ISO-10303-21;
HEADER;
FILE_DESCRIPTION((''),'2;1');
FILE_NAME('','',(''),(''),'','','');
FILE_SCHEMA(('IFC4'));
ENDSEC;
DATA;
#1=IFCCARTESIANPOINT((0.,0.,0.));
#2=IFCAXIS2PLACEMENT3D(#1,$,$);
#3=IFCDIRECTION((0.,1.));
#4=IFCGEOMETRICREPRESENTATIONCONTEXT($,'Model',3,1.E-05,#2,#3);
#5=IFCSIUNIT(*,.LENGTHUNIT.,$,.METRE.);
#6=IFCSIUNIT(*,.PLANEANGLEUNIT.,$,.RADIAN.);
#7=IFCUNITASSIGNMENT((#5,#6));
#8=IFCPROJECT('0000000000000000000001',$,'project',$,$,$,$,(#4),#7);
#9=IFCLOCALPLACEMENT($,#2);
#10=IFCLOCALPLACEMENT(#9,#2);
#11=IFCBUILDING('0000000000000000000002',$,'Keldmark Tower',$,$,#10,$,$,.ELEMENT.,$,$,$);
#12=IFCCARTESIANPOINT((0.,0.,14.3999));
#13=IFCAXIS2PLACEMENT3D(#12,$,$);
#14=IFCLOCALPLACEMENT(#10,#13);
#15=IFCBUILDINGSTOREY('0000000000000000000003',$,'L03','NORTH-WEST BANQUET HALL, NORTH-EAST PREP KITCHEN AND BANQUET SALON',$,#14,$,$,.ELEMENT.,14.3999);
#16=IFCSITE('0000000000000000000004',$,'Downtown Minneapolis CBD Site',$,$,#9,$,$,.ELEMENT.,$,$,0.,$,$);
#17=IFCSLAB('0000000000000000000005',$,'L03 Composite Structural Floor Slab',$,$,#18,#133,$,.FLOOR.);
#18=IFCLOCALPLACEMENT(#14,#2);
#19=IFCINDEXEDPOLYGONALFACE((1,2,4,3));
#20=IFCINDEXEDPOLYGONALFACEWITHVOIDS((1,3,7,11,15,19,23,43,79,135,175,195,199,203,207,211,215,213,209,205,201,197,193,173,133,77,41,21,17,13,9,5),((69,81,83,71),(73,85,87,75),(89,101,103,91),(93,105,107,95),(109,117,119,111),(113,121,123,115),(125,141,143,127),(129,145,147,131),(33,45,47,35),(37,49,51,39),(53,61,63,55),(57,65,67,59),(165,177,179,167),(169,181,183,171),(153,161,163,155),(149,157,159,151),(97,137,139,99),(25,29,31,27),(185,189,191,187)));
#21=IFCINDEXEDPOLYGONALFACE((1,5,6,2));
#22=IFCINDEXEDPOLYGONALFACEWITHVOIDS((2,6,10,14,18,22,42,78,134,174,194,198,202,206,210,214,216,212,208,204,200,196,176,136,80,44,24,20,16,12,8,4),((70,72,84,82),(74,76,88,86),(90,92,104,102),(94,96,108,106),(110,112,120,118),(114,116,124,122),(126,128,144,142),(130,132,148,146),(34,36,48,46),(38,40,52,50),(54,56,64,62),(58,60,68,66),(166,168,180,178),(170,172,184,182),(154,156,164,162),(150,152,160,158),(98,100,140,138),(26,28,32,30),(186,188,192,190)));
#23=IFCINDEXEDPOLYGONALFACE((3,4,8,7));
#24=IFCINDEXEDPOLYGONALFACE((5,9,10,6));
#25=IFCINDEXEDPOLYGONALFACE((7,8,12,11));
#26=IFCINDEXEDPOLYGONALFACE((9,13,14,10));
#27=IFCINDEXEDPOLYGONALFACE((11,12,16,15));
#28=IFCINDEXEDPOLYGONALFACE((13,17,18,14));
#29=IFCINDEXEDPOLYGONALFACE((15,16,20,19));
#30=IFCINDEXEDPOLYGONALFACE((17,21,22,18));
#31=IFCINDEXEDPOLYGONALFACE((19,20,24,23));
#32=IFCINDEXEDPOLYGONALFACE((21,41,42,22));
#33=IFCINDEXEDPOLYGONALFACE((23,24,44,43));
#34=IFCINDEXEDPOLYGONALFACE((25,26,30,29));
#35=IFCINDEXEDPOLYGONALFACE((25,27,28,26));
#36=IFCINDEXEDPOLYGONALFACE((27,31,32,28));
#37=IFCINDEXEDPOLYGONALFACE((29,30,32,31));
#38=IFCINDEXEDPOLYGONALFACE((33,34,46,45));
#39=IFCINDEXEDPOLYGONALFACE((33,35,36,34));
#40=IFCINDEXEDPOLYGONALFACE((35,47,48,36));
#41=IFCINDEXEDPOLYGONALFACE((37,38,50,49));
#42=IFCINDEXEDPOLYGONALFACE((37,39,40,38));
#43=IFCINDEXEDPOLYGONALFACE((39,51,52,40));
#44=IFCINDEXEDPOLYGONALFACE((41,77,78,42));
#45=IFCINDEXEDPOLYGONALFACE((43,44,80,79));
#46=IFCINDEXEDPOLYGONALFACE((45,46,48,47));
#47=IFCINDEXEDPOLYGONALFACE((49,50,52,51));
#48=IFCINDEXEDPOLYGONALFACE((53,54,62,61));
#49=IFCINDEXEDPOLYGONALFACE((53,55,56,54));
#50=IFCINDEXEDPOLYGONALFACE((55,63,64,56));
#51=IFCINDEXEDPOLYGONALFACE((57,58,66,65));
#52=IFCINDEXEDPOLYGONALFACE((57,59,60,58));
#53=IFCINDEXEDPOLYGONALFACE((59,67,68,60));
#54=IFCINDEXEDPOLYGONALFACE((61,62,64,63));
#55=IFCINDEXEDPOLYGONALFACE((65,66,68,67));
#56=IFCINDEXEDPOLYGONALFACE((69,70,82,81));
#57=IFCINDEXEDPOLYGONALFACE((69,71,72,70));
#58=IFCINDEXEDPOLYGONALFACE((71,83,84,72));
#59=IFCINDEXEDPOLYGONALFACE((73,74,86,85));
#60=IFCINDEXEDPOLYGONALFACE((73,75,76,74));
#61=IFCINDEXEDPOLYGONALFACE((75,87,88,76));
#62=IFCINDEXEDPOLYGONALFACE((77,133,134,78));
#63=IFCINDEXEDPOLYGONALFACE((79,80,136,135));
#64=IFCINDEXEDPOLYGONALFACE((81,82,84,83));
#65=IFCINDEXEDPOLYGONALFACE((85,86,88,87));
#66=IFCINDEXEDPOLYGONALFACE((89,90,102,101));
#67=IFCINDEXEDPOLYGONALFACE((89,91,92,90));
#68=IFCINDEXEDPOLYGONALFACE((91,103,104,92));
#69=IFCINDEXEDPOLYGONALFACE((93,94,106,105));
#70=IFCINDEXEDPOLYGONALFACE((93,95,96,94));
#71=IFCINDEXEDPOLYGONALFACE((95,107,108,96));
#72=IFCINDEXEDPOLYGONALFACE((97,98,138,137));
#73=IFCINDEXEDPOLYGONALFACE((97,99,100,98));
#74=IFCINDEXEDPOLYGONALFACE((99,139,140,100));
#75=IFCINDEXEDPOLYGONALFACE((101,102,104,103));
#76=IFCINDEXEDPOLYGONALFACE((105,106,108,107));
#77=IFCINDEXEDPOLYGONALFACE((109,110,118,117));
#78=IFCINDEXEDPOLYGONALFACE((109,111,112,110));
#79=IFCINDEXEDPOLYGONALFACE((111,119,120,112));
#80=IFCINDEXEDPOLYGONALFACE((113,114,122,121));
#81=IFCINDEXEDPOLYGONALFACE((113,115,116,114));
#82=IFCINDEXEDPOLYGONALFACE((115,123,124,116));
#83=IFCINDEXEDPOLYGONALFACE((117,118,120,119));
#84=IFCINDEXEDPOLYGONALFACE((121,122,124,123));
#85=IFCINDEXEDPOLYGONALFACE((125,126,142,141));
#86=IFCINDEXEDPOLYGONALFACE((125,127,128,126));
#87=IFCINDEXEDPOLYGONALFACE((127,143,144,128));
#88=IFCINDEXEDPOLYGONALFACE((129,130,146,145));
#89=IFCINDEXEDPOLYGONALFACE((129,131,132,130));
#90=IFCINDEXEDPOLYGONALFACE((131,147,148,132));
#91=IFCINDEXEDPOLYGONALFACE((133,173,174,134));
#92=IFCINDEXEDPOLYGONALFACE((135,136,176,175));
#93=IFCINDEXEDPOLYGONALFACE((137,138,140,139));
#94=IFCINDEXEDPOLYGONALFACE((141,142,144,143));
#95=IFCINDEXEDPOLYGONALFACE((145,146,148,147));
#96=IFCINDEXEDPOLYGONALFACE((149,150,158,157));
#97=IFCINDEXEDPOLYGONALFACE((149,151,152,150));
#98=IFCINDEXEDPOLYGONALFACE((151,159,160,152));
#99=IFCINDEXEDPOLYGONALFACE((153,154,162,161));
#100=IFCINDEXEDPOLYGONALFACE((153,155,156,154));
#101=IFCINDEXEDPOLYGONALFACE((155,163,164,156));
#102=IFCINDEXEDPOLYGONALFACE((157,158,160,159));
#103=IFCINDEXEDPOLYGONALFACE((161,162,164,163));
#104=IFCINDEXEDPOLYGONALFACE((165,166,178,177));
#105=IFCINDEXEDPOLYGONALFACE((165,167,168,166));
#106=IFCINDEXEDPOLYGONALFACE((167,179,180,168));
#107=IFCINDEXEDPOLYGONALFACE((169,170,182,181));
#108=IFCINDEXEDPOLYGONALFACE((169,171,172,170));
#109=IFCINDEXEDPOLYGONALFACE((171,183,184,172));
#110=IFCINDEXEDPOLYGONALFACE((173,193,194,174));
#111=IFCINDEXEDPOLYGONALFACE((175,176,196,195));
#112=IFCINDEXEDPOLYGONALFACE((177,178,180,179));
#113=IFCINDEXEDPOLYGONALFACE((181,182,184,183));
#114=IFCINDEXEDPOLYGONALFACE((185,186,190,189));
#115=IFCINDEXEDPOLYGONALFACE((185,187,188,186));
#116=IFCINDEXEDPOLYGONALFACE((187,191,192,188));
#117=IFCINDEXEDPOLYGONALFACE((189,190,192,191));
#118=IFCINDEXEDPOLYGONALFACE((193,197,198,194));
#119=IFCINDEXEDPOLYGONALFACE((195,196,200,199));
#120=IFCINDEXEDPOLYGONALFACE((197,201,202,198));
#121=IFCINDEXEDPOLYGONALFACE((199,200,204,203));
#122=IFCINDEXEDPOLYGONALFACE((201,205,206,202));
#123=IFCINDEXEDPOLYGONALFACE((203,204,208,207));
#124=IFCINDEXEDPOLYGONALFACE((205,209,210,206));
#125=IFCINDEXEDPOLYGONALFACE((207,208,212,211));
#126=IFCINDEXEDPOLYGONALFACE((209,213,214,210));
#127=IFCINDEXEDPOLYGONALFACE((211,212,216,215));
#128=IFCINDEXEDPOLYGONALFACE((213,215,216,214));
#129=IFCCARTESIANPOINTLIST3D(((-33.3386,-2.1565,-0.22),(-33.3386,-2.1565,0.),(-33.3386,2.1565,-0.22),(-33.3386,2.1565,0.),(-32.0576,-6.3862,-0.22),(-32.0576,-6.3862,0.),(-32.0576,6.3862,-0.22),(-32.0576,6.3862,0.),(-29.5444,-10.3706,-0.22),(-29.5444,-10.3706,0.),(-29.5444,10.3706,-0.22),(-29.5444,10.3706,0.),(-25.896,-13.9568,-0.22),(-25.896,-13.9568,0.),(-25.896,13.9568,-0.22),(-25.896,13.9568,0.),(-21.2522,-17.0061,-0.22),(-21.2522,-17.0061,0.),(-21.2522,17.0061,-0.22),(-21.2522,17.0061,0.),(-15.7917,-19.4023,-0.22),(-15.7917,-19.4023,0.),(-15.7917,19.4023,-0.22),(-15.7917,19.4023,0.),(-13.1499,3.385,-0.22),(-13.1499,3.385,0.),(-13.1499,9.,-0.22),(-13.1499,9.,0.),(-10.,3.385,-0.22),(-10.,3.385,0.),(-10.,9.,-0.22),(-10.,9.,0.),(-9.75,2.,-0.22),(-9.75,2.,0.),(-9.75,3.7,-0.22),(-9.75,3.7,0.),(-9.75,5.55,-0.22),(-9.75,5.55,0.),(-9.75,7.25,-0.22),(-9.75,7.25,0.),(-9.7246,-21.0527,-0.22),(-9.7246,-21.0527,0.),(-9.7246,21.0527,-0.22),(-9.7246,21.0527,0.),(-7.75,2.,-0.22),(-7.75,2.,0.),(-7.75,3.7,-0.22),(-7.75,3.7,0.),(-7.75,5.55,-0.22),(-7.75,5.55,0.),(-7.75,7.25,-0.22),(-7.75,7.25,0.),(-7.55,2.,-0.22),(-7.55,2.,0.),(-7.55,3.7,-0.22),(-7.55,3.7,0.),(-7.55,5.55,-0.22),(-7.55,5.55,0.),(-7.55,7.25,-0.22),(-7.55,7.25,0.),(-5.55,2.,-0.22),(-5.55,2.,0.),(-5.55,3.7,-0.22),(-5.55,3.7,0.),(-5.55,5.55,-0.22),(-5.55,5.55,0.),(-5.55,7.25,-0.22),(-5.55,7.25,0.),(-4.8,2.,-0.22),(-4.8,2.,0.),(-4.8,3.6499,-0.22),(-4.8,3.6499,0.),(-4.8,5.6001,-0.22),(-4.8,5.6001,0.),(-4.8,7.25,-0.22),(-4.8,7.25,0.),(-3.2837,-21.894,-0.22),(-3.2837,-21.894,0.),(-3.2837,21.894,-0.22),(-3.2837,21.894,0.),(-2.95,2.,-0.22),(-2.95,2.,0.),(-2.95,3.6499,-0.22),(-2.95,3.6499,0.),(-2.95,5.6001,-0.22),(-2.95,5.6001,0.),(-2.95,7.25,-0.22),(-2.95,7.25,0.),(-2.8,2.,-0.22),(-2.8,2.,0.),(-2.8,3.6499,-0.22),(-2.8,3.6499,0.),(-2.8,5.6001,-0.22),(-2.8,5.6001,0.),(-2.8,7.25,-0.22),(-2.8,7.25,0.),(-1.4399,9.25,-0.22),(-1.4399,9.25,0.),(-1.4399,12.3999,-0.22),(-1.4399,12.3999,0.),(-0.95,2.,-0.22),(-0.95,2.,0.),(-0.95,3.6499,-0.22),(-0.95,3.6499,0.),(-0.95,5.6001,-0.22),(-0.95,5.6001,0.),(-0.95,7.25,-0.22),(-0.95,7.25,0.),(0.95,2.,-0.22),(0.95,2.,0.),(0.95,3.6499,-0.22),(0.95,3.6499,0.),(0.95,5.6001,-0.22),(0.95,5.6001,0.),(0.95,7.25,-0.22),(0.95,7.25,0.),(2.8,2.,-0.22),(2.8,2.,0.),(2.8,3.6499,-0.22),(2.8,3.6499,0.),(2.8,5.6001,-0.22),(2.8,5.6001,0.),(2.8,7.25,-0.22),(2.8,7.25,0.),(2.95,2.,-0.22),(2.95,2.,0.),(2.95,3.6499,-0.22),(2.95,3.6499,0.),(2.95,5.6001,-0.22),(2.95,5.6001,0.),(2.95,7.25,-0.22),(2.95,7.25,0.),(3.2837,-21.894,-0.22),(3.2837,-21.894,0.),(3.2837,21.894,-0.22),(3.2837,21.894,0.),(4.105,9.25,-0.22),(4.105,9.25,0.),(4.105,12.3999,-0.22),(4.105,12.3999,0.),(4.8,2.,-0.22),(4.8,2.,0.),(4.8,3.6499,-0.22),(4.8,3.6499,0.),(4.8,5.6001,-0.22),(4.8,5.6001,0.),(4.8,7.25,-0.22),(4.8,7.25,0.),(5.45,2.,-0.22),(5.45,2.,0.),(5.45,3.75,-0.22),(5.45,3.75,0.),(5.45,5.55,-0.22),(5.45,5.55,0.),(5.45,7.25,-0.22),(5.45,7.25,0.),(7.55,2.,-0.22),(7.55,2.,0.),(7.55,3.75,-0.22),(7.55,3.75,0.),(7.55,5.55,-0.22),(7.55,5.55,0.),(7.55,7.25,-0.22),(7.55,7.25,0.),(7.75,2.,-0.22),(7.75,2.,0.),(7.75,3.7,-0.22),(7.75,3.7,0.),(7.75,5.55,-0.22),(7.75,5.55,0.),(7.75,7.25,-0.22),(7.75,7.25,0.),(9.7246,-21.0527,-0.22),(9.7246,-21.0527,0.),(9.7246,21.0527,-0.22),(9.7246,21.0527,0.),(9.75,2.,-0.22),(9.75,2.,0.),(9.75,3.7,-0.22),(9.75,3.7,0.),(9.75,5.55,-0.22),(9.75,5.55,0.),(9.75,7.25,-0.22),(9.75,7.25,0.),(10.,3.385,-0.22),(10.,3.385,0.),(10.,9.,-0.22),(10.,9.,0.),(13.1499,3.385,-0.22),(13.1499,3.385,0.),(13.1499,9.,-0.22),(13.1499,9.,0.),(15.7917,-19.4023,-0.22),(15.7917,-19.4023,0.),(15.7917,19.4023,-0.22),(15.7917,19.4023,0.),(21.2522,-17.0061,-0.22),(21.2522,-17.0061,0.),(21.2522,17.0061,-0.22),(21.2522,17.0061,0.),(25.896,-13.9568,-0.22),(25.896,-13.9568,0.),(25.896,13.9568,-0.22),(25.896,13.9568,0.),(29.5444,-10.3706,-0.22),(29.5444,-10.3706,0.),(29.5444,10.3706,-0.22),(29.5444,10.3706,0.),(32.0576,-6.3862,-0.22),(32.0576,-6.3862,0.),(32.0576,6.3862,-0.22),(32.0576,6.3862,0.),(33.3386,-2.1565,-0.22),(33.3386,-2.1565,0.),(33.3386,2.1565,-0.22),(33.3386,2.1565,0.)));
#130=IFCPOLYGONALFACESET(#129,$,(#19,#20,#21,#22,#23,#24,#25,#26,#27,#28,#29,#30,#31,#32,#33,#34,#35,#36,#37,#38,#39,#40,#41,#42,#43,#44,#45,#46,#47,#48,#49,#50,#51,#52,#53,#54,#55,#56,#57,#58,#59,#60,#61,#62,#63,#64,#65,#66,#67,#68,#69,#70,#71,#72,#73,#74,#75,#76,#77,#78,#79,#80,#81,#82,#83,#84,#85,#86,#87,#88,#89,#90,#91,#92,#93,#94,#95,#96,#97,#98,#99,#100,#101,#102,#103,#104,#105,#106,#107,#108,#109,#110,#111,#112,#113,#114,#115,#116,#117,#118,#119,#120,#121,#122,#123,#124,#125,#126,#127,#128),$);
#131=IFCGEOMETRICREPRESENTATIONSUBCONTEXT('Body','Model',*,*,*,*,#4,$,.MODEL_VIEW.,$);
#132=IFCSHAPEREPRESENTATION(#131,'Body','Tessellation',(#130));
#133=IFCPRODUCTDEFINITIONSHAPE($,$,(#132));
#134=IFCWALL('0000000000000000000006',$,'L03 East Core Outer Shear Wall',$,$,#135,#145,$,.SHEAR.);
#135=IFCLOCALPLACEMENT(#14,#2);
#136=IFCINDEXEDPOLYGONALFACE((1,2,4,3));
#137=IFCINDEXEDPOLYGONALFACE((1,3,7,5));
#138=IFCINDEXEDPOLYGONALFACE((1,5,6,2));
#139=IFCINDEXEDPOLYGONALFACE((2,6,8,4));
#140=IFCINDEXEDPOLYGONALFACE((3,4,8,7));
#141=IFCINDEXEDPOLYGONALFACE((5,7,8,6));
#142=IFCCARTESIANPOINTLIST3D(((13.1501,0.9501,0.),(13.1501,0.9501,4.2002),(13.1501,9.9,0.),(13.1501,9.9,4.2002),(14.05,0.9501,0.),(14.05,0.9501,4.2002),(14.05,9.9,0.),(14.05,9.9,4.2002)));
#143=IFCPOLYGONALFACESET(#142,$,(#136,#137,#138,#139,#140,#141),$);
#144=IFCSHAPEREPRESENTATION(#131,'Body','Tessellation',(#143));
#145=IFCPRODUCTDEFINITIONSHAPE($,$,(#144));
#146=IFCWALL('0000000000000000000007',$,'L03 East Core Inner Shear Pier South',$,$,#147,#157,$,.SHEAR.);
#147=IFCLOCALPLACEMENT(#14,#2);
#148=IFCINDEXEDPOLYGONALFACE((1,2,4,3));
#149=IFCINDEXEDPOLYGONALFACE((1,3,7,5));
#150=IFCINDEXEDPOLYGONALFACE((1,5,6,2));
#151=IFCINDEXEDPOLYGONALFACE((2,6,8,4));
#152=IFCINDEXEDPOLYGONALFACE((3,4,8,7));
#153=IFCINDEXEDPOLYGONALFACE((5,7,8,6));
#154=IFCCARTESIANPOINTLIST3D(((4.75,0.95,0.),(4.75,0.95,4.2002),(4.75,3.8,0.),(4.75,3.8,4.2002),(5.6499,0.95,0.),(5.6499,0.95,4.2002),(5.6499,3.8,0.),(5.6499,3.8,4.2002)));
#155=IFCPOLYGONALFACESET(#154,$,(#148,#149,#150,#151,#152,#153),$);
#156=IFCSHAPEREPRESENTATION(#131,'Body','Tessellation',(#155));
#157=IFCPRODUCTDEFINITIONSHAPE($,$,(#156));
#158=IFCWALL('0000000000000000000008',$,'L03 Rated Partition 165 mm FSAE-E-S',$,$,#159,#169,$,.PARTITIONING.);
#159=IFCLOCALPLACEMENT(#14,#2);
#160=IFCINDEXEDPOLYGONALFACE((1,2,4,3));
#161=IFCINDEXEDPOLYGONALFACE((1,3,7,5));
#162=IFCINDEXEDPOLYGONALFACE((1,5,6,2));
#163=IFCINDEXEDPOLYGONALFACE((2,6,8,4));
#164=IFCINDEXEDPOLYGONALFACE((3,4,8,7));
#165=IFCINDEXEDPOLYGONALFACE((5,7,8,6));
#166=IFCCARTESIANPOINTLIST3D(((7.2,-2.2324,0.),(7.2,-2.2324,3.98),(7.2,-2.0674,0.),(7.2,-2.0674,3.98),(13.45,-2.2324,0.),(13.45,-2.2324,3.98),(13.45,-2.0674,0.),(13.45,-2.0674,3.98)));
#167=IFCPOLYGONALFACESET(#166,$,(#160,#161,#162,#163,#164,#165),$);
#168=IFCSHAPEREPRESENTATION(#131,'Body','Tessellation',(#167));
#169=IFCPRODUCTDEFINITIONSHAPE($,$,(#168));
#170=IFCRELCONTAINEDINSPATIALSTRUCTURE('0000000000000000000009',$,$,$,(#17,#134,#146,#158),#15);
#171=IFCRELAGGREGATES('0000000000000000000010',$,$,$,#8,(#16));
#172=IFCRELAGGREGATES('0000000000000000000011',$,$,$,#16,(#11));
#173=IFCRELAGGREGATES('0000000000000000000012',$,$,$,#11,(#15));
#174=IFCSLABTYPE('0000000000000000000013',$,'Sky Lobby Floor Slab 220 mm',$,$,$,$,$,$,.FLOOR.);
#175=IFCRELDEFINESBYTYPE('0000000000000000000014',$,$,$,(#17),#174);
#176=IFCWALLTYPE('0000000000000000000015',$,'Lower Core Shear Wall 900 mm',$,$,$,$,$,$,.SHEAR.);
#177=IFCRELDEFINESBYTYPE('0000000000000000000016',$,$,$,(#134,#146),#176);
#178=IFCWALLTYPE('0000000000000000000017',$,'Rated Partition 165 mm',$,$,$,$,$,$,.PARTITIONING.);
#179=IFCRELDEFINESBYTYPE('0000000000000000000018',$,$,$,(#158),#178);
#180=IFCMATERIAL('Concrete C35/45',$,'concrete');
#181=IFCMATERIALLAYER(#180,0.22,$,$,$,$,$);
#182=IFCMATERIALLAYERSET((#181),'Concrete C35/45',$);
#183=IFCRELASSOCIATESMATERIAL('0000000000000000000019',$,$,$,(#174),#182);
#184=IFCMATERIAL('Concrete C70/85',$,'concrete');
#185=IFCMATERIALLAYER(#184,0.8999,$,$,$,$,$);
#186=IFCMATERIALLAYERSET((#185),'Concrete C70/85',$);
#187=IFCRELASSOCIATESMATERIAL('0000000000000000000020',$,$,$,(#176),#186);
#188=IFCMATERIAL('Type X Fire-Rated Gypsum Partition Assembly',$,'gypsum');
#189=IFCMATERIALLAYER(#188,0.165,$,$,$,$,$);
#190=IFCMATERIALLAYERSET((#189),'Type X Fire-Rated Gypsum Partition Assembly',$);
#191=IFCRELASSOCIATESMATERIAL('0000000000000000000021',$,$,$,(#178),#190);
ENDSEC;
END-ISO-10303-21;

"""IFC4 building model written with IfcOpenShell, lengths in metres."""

from ifc_helpers import new_model, si_unit, direction, frame, frame_2d, origin, place, context, subcontext, project, spatial, polyline, rectangle, outline, extrude, material, layer, layer_set, type_object, element, save


model = new_model("IFC4")

# Units and contexts
model_context = context("Model", 3, precision=1e-05, world=origin(), true_north=direction((0.0, 1.0)))
body_context = subcontext(model_context, "Body", "Model", "MODEL_VIEW")
ifc_project = project(units=[si_unit("LENGTHUNIT", "METRE"), si_unit("PLANEANGLEUNIT", "RADIAN")], contexts=[model_context])

# Site, building, storey
site_placement = place(None, origin())
site = spatial("IfcSite", under=ifc_project, at=site_placement, Name="Downtown Minneapolis CBD Site", CompositionType="ELEMENT", RefElevation=0.0)
building_placement = place(site_placement, origin())
building = spatial("IfcBuilding", under=site, at=building_placement, Name="Keldmark Tower", CompositionType="ELEMENT")
storey_placement = place(building_placement, frame((0.0, 0.0, 14.3999)))
storey = spatial("IfcBuildingStorey", under=building, at=storey_placement, Name="L03", Description="NORTH-WEST BANQUET HALL, NORTH-EAST PREP KITCHEN AND BANQUET SALON", CompositionType="ELEMENT", Elevation=14.3999)

# Slab
ifc_material_1 = material(Name="Concrete C35/45", Category="concrete")
ifc_layer_1 = layer(ifc_material_1, 0.22)
ifc_layer_set_1 = layer_set([ifc_layer_1], Name="Concrete C35/45")
slab_type_1 = type_object("IfcSlabType", Name="Sky Lobby Floor Slab 220 mm", PredefinedType="FLOOR", material=ifc_layer_set_1)
slab_1_placement = place(storey_placement, frame((0.0, 0.0, -0.22)))
element("IfcSlab", 1, at=slab_1_placement, inside=storey, type_object=slab_type_1, Name="L03 Composite Structural Floor Slab", PredefinedType="FLOOR", context=body_context, shape_type="SweptSolid", body=[
    extrude(outline(polyline([(33.3386, 2.1565), (32.0576, 6.3862), (29.5444, 10.3706), (25.896, 13.9568), (21.2522, 17.0061), (15.7917, 19.4023), (9.7246, 21.0527), (3.2837, 21.894), (-3.2837, 21.894), (-9.7246, 21.0527), (-15.7917, 19.4023), (-21.2522, 17.0061), (-25.896, 13.9568), (-29.5444, 10.3706), (-32.0576, 6.3862), (-33.3386, 2.1565), (-33.3386, -2.1565), (-32.0576, -6.3862), (-29.5444, -10.3706), (-25.896, -13.9568), (-21.2522, -17.0061), (-15.7917, -19.4023), (-9.7246, -21.0527), (-3.2837, -21.894), (3.2837, -21.894), (9.7246, -21.0527), (15.7917, -19.4023), (21.2522, -17.0061), (25.896, -13.9568), (29.5444, -10.3706), (32.0576, -6.3862), (33.3386, -2.1565), (33.3386, 2.1565)]), holes=[polyline([(-10.0, 3.385), (-10.0, 9.0), (-13.1499, 9.0), (-13.1499, 3.385), (-10.0, 3.385)]), polyline([(13.1499, 3.385), (13.1499, 9.0), (10.0, 9.0), (10.0, 3.385), (13.1499, 3.385)]), polyline([(-1.4399, 9.25), (4.105, 9.25), (4.105, 12.3999), (-1.4399, 12.3999), (-1.4399, 9.25)]), polyline([(-9.75, 2.0), (-7.75, 2.0), (-7.75, 3.7), (-9.75, 3.7), (-9.75, 2.0)]), polyline([(7.75, 2.0), (9.75, 2.0), (9.75, 3.7), (7.75, 3.7), (7.75, 2.0)]), polyline([(5.45, 2.0), (7.55, 2.0), (7.55, 3.75), (5.45, 3.75), (5.45, 2.0)]), polyline([(-4.8, 2.0), (-2.95, 2.0), (-2.95, 3.6499), (-4.8, 3.6499), (-4.8, 2.0)]), polyline([(-2.8, 2.0), (-0.95, 2.0), (-0.95, 3.6499), (-2.8, 3.6499), (-2.8, 2.0)]), polyline([(0.95, 2.0), (2.8, 2.0), (2.8, 3.6499), (0.95, 3.6499), (0.95, 2.0)]), polyline([(2.95, 2.0), (4.8, 2.0), (4.8, 3.6499), (2.95, 3.6499), (2.95, 2.0)]), polyline([(-4.8, 5.6001), (-2.95, 5.6001), (-2.95, 7.25), (-4.8, 7.25), (-4.8, 5.6001)]), polyline([(-2.8, 5.6001), (-0.95, 5.6001), (-0.95, 7.25), (-2.8, 7.25), (-2.8, 5.6001)]), polyline([(0.95, 5.6001), (2.8, 5.6001), (2.8, 7.25), (0.95, 7.25), (0.95, 5.6001)]), polyline([(2.95, 5.6001), (4.8, 5.6001), (4.8, 7.25), (2.95, 7.25), (2.95, 5.6001)]), polyline([(-9.75, 5.55), (-7.75, 5.55), (-7.75, 7.25), (-9.75, 7.25), (-9.75, 5.55)]), polyline([(-7.55, 5.55), (-5.55, 5.55), (-5.55, 7.25), (-7.55, 7.25), (-7.55, 5.55)]), polyline([(-7.55, 2.0), (-5.55, 2.0), (-5.55, 3.7), (-7.55, 3.7), (-7.55, 2.0)]), polyline([(5.45, 5.55), (7.55, 5.55), (7.55, 7.25), (5.45, 7.25), (5.45, 5.55)]), polyline([(7.75, 5.55), (9.75, 5.55), (9.75, 7.25), (7.75, 7.25), (7.75, 5.55)])]), origin(), (0.0, 0.0, 1.0), 0.22),
])

# Wall
ifc_material_2 = material(Name="Concrete C70/85", Category="concrete")
ifc_layer_2 = layer(ifc_material_2, 0.8999)
ifc_layer_set_2 = layer_set([ifc_layer_2], Name="Concrete C70/85")
wall_type_1 = type_object("IfcWallType", Name="Lower Core Shear Wall 900 mm", PredefinedType="SHEAR", material=ifc_layer_set_2)
wall_1_placement = place(storey_placement, frame((13.6001, 0.95, 0.0), z_axis=(0.0, 0.0, 1.0), x_axis=(0.0, 1.0, 0.0)))
element("IfcWall", 2, at=wall_1_placement, inside=storey, type_object=wall_type_1, Name="L03 East Core Outer Shear Wall", PredefinedType="SHEAR", context=body_context, shape_type="SweptSolid", body=[
    extrude(rectangle(XDim=8.95, YDim=0.8999, at=frame_2d((4.4751, 0.0))), origin(), (0.0, 0.0, 1.0), 4.2002),
])

# Walls
wall_2_placement = place(storey_placement, frame((5.2, 0.95, 0.0), z_axis=(0.0, 0.0, 1.0), x_axis=(0.0, 1.0, 0.0)))
element("IfcWall", 3, at=wall_2_placement, inside=storey, type_object=wall_type_1, Name="L03 East Core Inner Shear Pier South", PredefinedType="SHEAR", context=body_context, shape_type="SweptSolid", body=[
    extrude(rectangle(XDim=2.8501, YDim=0.8999, at=frame_2d((1.425, 0.0))), origin(), (0.0, 0.0, 1.0), 4.2002),
])
ifc_material_3 = material(Name="Type X Fire-Rated Gypsum Partition Assembly", Category="gypsum")
ifc_layer_3 = layer(ifc_material_3, 0.165)
ifc_layer_set_3 = layer_set([ifc_layer_3], Name="Type X Fire-Rated Gypsum Partition Assembly")
wall_type_2 = type_object("IfcWallType", Name="Rated Partition 165 mm", PredefinedType="PARTITIONING", material=ifc_layer_set_3)
wall_3_placement = place(storey_placement, frame((7.2, -2.1499, 0.0), z_axis=(0.0, 0.0, 1.0), x_axis=(1.0, 0.0, 0.0)))
element("IfcWall", 4, at=wall_3_placement, inside=storey, type_object=wall_type_2, Name="L03 Rated Partition 165 mm FSAE-E-S", PredefinedType="PARTITIONING", context=body_context, shape_type="SweptSolid", body=[
    extrude(rectangle(XDim=6.25, YDim=0.165, at=frame_2d((3.125, 0.0))), origin(), (0.0, 0.0, 1.0), 3.98),
])

save(model, "model.ifc")
